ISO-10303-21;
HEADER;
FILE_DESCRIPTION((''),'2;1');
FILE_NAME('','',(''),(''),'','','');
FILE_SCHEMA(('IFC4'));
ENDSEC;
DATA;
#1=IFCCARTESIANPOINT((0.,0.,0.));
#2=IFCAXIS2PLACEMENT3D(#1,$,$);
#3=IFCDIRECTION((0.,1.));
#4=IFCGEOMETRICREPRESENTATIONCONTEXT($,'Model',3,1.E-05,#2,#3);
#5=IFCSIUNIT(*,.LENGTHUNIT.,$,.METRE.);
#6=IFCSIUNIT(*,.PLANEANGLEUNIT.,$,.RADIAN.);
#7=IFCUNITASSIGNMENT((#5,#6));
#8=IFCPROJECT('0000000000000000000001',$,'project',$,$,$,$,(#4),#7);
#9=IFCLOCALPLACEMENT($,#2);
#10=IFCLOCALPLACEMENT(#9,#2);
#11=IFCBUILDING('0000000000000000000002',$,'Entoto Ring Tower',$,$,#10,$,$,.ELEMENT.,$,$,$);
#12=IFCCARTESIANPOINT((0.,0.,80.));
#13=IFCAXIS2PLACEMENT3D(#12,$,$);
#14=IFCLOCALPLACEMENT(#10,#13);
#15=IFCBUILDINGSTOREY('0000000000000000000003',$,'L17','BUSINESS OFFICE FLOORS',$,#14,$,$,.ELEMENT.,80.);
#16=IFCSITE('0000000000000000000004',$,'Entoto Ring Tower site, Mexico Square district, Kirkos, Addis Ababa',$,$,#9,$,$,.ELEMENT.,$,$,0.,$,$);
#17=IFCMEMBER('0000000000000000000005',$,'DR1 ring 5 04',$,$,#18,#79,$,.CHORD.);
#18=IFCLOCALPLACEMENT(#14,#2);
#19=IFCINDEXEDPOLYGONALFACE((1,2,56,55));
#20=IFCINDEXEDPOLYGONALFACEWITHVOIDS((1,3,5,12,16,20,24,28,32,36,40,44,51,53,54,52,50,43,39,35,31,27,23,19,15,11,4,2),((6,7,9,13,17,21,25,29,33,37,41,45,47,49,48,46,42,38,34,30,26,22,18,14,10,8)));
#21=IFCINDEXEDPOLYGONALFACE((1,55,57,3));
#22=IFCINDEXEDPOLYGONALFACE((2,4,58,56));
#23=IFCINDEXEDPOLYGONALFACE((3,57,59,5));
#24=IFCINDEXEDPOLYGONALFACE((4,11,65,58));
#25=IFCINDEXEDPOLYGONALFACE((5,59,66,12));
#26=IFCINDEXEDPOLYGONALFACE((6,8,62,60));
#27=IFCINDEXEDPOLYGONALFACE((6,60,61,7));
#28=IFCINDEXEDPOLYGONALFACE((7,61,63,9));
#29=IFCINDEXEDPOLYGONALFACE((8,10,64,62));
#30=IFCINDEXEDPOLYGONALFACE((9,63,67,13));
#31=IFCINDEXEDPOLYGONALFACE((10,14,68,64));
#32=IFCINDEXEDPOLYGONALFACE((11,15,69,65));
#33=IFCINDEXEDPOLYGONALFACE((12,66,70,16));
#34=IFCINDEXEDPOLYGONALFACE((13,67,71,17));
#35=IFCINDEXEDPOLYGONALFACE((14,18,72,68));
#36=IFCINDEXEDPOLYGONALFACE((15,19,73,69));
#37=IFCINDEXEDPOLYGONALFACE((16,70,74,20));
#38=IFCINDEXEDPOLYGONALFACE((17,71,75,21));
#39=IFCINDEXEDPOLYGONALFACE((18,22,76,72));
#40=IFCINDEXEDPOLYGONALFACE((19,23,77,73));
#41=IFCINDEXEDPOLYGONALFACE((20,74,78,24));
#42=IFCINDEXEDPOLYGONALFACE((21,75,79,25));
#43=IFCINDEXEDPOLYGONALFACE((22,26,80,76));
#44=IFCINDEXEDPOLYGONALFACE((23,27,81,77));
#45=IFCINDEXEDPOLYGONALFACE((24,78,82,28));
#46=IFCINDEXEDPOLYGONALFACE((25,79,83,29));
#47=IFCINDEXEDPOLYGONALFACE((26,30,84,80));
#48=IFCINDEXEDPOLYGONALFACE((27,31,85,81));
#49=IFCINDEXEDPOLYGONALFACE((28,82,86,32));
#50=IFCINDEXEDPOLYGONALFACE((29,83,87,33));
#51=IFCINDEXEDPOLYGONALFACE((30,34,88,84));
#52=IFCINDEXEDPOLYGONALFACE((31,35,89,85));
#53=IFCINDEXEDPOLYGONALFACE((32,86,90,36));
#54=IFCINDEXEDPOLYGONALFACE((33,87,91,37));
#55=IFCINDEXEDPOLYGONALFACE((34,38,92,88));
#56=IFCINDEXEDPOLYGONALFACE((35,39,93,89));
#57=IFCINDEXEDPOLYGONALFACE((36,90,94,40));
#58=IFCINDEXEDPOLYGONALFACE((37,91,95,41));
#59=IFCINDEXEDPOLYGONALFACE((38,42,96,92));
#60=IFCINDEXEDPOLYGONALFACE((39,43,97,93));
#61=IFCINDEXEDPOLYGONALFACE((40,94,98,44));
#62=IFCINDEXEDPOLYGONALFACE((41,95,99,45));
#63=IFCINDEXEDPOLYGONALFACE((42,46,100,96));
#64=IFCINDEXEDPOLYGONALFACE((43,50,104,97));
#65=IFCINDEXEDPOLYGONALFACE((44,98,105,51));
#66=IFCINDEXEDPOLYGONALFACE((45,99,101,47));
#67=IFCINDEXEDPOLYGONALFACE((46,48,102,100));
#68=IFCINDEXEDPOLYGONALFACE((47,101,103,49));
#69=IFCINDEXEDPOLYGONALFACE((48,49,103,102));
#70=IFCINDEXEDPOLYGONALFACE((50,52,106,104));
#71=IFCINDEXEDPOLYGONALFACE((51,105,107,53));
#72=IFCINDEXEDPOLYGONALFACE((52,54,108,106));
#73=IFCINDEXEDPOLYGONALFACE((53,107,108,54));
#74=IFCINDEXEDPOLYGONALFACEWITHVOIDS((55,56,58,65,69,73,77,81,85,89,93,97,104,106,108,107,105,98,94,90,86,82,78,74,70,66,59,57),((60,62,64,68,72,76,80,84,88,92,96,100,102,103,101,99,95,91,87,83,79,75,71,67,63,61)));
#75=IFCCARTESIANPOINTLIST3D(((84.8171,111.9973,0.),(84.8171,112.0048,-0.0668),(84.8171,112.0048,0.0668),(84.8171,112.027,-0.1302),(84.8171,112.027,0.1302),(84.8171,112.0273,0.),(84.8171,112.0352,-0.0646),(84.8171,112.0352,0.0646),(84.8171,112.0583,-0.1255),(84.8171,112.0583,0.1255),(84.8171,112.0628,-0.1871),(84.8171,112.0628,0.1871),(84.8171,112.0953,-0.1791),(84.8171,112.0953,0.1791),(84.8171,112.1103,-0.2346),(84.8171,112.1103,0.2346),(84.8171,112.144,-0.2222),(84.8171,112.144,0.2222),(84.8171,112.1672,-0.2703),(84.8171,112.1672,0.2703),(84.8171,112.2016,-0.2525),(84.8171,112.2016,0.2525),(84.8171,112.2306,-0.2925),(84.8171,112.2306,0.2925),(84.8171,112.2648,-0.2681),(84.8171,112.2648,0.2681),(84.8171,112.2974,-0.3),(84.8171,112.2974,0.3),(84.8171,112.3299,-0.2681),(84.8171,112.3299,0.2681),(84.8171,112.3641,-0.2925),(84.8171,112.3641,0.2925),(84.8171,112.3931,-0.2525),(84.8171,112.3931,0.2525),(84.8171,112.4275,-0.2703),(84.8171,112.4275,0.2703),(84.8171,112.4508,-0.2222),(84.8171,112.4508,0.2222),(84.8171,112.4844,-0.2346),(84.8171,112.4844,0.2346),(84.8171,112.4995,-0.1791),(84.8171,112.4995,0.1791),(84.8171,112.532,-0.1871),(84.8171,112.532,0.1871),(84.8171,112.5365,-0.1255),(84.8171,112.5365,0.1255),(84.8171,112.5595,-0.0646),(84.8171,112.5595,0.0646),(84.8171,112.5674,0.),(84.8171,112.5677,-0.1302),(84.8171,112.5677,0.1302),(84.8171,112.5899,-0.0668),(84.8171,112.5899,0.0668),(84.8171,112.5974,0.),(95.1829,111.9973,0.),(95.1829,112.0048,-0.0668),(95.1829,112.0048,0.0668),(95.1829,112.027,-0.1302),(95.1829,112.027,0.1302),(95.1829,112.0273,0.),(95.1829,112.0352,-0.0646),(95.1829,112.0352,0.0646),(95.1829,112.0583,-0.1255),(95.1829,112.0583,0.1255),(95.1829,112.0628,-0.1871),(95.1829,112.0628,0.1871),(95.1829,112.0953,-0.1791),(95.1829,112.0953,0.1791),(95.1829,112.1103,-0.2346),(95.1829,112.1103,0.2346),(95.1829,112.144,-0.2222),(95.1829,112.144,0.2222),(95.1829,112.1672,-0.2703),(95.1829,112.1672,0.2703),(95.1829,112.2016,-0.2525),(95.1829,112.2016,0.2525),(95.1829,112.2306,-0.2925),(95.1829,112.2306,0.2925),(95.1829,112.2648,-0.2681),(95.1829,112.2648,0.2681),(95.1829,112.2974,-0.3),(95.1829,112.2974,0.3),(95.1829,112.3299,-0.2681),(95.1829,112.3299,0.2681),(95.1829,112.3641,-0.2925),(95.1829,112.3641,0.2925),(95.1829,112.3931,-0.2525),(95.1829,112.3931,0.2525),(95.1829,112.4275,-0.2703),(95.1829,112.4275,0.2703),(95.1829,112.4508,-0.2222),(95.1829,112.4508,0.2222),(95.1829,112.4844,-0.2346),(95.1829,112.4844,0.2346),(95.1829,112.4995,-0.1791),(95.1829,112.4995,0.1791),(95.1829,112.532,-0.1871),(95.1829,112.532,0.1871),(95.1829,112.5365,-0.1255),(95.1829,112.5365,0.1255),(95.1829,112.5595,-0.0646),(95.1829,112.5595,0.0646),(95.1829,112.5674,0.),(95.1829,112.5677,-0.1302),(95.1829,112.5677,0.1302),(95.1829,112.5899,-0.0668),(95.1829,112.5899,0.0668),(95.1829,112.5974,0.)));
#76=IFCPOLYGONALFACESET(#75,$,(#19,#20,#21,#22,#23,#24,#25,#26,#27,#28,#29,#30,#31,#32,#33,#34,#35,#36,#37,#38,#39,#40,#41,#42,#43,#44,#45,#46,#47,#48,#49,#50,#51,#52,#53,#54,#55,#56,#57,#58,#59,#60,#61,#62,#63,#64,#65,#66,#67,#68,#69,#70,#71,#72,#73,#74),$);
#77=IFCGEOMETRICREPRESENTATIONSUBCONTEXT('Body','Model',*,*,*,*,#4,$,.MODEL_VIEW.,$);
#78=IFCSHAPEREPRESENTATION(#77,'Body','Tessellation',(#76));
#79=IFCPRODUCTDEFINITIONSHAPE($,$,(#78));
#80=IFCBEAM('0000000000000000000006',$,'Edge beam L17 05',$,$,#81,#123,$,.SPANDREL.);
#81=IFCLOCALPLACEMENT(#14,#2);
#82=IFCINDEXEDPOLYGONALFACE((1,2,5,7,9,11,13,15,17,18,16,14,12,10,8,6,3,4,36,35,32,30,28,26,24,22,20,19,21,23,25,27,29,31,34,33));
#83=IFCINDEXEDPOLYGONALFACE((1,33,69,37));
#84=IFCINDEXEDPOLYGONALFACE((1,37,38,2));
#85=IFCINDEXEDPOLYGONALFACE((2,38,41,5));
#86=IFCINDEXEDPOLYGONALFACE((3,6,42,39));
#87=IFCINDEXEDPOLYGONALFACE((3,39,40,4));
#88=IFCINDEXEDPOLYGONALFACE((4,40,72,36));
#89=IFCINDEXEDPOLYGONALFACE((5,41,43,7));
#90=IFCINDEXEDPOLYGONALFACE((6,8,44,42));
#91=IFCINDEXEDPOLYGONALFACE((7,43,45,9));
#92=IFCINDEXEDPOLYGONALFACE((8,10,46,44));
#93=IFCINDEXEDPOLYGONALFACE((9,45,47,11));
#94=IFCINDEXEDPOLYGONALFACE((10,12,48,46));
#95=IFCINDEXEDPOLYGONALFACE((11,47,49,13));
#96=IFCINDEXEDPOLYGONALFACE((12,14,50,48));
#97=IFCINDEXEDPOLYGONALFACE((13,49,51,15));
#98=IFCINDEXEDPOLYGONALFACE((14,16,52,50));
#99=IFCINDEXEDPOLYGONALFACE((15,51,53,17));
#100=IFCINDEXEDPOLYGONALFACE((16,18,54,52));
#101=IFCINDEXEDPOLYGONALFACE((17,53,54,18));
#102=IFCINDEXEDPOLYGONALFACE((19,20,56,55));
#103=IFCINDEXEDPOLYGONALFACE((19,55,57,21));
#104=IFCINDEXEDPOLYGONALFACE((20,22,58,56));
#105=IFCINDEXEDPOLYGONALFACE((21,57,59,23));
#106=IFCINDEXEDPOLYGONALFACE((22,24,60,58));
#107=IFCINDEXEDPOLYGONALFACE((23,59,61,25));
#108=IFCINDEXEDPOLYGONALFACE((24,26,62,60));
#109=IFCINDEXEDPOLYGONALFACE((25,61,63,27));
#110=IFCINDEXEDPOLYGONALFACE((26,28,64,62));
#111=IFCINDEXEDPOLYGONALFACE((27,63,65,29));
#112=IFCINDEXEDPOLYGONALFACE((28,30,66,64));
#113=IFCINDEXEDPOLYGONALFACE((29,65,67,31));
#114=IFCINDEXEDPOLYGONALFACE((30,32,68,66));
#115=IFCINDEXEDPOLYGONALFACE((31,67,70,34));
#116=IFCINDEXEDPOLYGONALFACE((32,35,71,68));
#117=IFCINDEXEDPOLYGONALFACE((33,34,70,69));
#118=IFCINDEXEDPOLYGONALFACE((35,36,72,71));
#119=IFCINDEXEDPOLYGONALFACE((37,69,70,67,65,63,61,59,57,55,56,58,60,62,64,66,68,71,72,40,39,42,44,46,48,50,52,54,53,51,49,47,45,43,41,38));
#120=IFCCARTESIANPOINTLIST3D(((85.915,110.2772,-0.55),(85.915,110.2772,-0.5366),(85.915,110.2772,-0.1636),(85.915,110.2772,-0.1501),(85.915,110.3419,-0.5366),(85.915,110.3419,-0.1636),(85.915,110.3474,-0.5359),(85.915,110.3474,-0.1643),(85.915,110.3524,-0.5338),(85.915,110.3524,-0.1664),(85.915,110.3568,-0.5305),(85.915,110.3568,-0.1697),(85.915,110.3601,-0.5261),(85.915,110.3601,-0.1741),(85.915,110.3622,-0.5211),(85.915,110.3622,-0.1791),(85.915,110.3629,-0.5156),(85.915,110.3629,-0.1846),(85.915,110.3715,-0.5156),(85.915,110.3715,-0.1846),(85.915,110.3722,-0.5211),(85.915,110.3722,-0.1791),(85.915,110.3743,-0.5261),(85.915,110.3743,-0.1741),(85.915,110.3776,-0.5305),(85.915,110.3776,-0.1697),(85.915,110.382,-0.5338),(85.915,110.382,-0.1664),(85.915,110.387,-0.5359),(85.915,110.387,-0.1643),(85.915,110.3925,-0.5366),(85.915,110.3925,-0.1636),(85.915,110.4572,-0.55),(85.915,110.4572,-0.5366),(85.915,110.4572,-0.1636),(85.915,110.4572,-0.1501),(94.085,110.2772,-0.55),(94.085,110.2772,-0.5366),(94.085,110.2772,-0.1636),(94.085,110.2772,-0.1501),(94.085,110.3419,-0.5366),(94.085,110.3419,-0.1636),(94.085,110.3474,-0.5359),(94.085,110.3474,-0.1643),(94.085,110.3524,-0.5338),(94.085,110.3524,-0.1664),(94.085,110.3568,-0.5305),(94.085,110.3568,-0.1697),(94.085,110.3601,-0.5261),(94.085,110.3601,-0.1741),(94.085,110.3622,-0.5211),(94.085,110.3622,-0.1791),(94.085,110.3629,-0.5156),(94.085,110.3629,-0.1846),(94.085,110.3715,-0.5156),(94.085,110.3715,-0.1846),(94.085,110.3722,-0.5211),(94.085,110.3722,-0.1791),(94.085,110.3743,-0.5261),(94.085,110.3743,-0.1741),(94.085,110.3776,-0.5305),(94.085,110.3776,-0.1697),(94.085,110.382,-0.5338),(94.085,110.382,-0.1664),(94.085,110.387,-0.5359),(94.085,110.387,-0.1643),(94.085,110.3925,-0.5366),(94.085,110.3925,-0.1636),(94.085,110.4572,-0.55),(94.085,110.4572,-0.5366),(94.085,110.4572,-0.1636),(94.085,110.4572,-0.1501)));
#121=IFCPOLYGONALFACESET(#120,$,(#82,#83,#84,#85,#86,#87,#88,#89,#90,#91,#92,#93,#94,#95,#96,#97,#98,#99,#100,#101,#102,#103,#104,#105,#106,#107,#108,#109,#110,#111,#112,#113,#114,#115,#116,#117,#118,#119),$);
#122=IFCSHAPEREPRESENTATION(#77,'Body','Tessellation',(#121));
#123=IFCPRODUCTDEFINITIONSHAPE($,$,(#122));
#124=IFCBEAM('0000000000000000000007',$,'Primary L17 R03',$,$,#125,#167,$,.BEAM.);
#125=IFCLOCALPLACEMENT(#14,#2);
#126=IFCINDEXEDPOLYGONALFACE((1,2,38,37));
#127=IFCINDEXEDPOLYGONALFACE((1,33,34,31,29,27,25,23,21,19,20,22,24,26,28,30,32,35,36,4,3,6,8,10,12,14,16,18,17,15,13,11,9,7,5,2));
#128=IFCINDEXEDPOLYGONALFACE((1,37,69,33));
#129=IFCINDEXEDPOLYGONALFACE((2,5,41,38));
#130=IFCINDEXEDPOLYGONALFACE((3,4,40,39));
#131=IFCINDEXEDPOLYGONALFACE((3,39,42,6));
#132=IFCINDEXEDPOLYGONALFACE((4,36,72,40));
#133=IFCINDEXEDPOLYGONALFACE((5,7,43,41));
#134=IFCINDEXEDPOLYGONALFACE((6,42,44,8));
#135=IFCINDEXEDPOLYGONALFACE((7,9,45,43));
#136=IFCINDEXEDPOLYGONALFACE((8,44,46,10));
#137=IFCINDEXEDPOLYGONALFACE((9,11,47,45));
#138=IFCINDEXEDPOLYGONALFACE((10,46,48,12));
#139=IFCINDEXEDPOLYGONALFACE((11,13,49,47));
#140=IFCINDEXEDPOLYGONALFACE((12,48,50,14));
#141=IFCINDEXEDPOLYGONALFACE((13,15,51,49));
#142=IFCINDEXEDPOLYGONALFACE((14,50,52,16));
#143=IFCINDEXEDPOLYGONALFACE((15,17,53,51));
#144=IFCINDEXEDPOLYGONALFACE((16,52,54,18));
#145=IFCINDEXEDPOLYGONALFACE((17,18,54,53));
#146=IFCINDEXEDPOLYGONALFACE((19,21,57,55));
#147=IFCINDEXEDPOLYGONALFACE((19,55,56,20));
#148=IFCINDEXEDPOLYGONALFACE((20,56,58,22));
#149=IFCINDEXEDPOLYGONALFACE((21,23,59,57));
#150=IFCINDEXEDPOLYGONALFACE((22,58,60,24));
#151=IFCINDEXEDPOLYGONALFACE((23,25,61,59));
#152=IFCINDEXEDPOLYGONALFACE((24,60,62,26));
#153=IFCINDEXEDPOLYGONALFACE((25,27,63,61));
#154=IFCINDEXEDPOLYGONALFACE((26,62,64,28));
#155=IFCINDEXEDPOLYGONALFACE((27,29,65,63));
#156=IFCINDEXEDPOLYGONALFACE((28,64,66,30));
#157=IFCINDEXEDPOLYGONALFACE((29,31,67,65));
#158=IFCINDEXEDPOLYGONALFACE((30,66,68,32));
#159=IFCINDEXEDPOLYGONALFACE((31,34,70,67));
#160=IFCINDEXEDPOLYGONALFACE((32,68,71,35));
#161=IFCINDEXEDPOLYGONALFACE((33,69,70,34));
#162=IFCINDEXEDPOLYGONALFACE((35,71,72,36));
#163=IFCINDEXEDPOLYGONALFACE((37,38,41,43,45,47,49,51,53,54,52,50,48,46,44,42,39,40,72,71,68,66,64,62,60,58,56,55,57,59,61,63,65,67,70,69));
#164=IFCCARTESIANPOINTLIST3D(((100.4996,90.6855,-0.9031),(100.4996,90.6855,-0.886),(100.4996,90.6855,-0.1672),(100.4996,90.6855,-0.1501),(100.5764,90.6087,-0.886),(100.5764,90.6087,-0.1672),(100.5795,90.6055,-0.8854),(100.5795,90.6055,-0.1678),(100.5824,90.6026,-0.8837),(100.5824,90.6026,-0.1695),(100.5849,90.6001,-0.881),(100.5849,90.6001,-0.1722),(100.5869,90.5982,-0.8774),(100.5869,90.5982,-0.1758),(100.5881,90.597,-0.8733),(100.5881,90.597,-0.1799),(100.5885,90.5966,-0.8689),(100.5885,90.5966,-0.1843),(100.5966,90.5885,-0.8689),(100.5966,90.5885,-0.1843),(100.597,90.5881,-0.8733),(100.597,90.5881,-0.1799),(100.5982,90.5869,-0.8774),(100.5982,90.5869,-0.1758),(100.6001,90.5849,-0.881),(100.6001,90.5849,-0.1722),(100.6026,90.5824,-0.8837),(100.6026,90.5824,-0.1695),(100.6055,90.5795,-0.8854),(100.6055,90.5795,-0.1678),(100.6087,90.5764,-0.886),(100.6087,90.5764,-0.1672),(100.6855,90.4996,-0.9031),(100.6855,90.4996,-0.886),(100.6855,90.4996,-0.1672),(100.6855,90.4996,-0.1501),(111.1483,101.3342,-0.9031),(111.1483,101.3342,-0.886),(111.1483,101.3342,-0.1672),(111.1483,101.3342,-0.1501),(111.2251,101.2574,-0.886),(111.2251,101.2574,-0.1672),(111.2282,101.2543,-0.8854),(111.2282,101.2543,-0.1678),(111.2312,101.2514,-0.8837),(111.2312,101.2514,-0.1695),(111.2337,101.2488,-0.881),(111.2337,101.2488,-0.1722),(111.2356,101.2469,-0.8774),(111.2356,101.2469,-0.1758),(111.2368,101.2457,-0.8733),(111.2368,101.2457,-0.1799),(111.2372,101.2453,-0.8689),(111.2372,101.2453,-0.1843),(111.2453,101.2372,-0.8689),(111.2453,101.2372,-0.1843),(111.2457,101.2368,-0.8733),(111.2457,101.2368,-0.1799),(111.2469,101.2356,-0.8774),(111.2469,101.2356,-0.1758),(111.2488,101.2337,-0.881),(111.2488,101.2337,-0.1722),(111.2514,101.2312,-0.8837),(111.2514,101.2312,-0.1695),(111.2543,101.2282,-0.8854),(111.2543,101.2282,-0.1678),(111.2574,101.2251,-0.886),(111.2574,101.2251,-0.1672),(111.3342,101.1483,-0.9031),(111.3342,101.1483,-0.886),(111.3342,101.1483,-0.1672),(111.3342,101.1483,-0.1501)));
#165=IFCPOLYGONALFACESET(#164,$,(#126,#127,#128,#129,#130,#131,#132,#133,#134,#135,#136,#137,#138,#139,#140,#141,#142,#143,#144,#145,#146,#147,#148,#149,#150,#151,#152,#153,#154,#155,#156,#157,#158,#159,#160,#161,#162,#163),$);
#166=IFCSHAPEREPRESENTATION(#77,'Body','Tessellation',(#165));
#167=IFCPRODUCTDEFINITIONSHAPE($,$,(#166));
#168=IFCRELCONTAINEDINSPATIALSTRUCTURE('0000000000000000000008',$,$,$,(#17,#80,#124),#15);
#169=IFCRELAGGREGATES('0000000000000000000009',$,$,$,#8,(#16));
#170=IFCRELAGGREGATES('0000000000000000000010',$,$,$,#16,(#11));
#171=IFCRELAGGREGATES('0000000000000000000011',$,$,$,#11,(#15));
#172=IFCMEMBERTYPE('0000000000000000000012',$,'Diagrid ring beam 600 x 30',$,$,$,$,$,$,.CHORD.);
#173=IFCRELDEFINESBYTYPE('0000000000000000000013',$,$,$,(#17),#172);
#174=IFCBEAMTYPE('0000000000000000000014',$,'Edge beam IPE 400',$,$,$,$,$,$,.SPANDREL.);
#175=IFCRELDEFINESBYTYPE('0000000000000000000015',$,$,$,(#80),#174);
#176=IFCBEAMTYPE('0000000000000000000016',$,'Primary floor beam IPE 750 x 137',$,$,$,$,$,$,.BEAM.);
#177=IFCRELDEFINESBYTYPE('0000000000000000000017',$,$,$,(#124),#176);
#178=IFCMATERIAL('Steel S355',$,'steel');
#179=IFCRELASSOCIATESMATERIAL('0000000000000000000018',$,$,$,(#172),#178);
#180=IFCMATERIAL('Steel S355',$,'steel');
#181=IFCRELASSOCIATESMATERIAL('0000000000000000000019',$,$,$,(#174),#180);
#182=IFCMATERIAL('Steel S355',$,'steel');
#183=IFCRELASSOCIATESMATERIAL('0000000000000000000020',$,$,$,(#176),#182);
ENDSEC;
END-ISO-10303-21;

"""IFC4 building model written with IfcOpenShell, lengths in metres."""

from ifc_helpers import new_model, si_unit, direction, frame, origin, origin_2d, place, context, subcontext, project, spatial, circle, hollow_circle, i_section, extrude, material, material_profile, profile_set, type_object, element, save


model = new_model("IFC4")

# Units and contexts
model_context = context("Model", 3, precision=1e-05, world=origin(), true_north=direction((0.0, 1.0)))
body_context = subcontext(model_context, "Body", "Model", "MODEL_VIEW")
ifc_project = project(units=[si_unit("LENGTHUNIT", "METRE"), si_unit("PLANEANGLEUNIT", "RADIAN")], contexts=[model_context])

# Site, building, storey
site_placement = place(None, origin())
site = spatial("IfcSite", under=ifc_project, at=site_placement, Name="Entoto Ring Tower site, Mexico Square district, Kirkos, Addis Ababa", CompositionType="ELEMENT", RefElevation=0.0)
building_placement = place(site_placement, origin())
building = spatial("IfcBuilding", under=site, at=building_placement, Name="Entoto Ring Tower", CompositionType="ELEMENT")
storey_placement = place(building_placement, frame((0.0, 0.0, 80.0)))
storey = spatial("IfcBuildingStorey", under=building, at=storey_placement, Name="L17", Description="BUSINESS OFFICE FLOORS", CompositionType="ELEMENT", Elevation=80.0)

# Member
ifc_material_1 = material(Name="Steel S355", Category="steel")
ifc_material_profile_1 = material_profile(ifc_material_1, hollow_circle(Radius=0.3, WallThickness=0.03, at=origin_2d()), Name="CHS 600 x 30")
ifc_material_2 = material(Name="Concrete C60/75", Category="concrete")
ifc_material_profile_2 = material_profile(ifc_material_2, circle(Radius=0.27, at=origin_2d()), Name="Concrete C60/75 infill")
ifc_profile_set_1 = profile_set([ifc_material_profile_1, ifc_material_profile_2], Name="Steel S355")
member_type = type_object("IfcMemberType", Name="Diagrid ring beam 600 x 30", PredefinedType="CHORD", material=ifc_profile_set_1)
member_placement = place(storey_placement, frame((95.1829, 112.2974, 0.0), z_axis=(-1.0, 0.0, 0.0), x_axis=(0.0, -1.0, 0.0)))
element("IfcMember", 1, at=member_placement, inside=storey, type_object=member_type, Name="DR1 ring 5 04", PredefinedType="CHORD", context=body_context, shape_type="SweptSolid", body=[
    extrude(hollow_circle(Radius=0.3, WallThickness=0.03, at=origin_2d()), origin(), (0.0, 0.0, 1.0), 10.3657),
])

# Beams
ifc_material_3 = material(Name="Steel S355", Category="steel")
ifc_material_profile_3 = material_profile(ifc_material_3, i_section(OverallWidth=0.1799, OverallDepth=0.3999, WebThickness=0.0085, FlangeThickness=0.0134, FilletRadius=0.021, at=origin_2d()), Name="IPE 400")
ifc_profile_set_2 = profile_set([ifc_material_profile_3], Name="Steel S355")
beam_type_1 = type_object("IfcBeamType", Name="Edge beam IPE 400", PredefinedType="SPANDREL", material=ifc_profile_set_2)
beam_1_placement = place(storey_placement, frame((94.085, 110.3672, -0.3501), z_axis=(-1.0, 0.0, 0.0), x_axis=(0.0, -1.0, 0.0)))
element("IfcBeam", 2, at=beam_1_placement, inside=storey, type_object=beam_type_1, Name="Edge beam L17 05", PredefinedType="SPANDREL", context=body_context, shape_type="SweptSolid", body=[
    extrude(i_section(OverallWidth=0.1799, OverallDepth=0.3999, WebThickness=0.0085, FlangeThickness=0.0134, FilletRadius=0.021, at=origin_2d()), origin(), (0.0, 0.0, 1.0), 8.1699),
])
ifc_material_4 = material(Name="Steel S355", Category="steel")
ifc_material_profile_4 = material_profile(ifc_material_4, i_section(OverallWidth=0.2629, OverallDepth=0.7529, WebThickness=0.0115, FlangeThickness=0.0171, FilletRadius=0.0171, at=origin_2d()), Name="IPE 750 x 137")
ifc_profile_set_3 = profile_set([ifc_material_profile_4], Name="Steel S355")
beam_type_2 = type_object("IfcBeamType", Name="Primary floor beam IPE 750 x 137", PredefinedType="BEAM", material=ifc_profile_set_3)
beam_2_placement = place(storey_placement, frame((100.5925, 90.5925, -0.5266), z_axis=(0.707107, 0.707107, 0.0), x_axis=(-0.707107, 0.707107, 0.0)))
element("IfcBeam", 3, at=beam_2_placement, inside=storey, type_object=beam_type_2, Name="Primary L17 R03", PredefinedType="BEAM", context=body_context, shape_type="SweptSolid", body=[
    extrude(i_section(OverallWidth=0.2629, OverallDepth=0.7529, WebThickness=0.0115, FlangeThickness=0.0171, FilletRadius=0.0171, at=origin_2d()), origin(), (0.0, 0.0, 1.0), 15.0596),
])

save(model, "model.ifc")
